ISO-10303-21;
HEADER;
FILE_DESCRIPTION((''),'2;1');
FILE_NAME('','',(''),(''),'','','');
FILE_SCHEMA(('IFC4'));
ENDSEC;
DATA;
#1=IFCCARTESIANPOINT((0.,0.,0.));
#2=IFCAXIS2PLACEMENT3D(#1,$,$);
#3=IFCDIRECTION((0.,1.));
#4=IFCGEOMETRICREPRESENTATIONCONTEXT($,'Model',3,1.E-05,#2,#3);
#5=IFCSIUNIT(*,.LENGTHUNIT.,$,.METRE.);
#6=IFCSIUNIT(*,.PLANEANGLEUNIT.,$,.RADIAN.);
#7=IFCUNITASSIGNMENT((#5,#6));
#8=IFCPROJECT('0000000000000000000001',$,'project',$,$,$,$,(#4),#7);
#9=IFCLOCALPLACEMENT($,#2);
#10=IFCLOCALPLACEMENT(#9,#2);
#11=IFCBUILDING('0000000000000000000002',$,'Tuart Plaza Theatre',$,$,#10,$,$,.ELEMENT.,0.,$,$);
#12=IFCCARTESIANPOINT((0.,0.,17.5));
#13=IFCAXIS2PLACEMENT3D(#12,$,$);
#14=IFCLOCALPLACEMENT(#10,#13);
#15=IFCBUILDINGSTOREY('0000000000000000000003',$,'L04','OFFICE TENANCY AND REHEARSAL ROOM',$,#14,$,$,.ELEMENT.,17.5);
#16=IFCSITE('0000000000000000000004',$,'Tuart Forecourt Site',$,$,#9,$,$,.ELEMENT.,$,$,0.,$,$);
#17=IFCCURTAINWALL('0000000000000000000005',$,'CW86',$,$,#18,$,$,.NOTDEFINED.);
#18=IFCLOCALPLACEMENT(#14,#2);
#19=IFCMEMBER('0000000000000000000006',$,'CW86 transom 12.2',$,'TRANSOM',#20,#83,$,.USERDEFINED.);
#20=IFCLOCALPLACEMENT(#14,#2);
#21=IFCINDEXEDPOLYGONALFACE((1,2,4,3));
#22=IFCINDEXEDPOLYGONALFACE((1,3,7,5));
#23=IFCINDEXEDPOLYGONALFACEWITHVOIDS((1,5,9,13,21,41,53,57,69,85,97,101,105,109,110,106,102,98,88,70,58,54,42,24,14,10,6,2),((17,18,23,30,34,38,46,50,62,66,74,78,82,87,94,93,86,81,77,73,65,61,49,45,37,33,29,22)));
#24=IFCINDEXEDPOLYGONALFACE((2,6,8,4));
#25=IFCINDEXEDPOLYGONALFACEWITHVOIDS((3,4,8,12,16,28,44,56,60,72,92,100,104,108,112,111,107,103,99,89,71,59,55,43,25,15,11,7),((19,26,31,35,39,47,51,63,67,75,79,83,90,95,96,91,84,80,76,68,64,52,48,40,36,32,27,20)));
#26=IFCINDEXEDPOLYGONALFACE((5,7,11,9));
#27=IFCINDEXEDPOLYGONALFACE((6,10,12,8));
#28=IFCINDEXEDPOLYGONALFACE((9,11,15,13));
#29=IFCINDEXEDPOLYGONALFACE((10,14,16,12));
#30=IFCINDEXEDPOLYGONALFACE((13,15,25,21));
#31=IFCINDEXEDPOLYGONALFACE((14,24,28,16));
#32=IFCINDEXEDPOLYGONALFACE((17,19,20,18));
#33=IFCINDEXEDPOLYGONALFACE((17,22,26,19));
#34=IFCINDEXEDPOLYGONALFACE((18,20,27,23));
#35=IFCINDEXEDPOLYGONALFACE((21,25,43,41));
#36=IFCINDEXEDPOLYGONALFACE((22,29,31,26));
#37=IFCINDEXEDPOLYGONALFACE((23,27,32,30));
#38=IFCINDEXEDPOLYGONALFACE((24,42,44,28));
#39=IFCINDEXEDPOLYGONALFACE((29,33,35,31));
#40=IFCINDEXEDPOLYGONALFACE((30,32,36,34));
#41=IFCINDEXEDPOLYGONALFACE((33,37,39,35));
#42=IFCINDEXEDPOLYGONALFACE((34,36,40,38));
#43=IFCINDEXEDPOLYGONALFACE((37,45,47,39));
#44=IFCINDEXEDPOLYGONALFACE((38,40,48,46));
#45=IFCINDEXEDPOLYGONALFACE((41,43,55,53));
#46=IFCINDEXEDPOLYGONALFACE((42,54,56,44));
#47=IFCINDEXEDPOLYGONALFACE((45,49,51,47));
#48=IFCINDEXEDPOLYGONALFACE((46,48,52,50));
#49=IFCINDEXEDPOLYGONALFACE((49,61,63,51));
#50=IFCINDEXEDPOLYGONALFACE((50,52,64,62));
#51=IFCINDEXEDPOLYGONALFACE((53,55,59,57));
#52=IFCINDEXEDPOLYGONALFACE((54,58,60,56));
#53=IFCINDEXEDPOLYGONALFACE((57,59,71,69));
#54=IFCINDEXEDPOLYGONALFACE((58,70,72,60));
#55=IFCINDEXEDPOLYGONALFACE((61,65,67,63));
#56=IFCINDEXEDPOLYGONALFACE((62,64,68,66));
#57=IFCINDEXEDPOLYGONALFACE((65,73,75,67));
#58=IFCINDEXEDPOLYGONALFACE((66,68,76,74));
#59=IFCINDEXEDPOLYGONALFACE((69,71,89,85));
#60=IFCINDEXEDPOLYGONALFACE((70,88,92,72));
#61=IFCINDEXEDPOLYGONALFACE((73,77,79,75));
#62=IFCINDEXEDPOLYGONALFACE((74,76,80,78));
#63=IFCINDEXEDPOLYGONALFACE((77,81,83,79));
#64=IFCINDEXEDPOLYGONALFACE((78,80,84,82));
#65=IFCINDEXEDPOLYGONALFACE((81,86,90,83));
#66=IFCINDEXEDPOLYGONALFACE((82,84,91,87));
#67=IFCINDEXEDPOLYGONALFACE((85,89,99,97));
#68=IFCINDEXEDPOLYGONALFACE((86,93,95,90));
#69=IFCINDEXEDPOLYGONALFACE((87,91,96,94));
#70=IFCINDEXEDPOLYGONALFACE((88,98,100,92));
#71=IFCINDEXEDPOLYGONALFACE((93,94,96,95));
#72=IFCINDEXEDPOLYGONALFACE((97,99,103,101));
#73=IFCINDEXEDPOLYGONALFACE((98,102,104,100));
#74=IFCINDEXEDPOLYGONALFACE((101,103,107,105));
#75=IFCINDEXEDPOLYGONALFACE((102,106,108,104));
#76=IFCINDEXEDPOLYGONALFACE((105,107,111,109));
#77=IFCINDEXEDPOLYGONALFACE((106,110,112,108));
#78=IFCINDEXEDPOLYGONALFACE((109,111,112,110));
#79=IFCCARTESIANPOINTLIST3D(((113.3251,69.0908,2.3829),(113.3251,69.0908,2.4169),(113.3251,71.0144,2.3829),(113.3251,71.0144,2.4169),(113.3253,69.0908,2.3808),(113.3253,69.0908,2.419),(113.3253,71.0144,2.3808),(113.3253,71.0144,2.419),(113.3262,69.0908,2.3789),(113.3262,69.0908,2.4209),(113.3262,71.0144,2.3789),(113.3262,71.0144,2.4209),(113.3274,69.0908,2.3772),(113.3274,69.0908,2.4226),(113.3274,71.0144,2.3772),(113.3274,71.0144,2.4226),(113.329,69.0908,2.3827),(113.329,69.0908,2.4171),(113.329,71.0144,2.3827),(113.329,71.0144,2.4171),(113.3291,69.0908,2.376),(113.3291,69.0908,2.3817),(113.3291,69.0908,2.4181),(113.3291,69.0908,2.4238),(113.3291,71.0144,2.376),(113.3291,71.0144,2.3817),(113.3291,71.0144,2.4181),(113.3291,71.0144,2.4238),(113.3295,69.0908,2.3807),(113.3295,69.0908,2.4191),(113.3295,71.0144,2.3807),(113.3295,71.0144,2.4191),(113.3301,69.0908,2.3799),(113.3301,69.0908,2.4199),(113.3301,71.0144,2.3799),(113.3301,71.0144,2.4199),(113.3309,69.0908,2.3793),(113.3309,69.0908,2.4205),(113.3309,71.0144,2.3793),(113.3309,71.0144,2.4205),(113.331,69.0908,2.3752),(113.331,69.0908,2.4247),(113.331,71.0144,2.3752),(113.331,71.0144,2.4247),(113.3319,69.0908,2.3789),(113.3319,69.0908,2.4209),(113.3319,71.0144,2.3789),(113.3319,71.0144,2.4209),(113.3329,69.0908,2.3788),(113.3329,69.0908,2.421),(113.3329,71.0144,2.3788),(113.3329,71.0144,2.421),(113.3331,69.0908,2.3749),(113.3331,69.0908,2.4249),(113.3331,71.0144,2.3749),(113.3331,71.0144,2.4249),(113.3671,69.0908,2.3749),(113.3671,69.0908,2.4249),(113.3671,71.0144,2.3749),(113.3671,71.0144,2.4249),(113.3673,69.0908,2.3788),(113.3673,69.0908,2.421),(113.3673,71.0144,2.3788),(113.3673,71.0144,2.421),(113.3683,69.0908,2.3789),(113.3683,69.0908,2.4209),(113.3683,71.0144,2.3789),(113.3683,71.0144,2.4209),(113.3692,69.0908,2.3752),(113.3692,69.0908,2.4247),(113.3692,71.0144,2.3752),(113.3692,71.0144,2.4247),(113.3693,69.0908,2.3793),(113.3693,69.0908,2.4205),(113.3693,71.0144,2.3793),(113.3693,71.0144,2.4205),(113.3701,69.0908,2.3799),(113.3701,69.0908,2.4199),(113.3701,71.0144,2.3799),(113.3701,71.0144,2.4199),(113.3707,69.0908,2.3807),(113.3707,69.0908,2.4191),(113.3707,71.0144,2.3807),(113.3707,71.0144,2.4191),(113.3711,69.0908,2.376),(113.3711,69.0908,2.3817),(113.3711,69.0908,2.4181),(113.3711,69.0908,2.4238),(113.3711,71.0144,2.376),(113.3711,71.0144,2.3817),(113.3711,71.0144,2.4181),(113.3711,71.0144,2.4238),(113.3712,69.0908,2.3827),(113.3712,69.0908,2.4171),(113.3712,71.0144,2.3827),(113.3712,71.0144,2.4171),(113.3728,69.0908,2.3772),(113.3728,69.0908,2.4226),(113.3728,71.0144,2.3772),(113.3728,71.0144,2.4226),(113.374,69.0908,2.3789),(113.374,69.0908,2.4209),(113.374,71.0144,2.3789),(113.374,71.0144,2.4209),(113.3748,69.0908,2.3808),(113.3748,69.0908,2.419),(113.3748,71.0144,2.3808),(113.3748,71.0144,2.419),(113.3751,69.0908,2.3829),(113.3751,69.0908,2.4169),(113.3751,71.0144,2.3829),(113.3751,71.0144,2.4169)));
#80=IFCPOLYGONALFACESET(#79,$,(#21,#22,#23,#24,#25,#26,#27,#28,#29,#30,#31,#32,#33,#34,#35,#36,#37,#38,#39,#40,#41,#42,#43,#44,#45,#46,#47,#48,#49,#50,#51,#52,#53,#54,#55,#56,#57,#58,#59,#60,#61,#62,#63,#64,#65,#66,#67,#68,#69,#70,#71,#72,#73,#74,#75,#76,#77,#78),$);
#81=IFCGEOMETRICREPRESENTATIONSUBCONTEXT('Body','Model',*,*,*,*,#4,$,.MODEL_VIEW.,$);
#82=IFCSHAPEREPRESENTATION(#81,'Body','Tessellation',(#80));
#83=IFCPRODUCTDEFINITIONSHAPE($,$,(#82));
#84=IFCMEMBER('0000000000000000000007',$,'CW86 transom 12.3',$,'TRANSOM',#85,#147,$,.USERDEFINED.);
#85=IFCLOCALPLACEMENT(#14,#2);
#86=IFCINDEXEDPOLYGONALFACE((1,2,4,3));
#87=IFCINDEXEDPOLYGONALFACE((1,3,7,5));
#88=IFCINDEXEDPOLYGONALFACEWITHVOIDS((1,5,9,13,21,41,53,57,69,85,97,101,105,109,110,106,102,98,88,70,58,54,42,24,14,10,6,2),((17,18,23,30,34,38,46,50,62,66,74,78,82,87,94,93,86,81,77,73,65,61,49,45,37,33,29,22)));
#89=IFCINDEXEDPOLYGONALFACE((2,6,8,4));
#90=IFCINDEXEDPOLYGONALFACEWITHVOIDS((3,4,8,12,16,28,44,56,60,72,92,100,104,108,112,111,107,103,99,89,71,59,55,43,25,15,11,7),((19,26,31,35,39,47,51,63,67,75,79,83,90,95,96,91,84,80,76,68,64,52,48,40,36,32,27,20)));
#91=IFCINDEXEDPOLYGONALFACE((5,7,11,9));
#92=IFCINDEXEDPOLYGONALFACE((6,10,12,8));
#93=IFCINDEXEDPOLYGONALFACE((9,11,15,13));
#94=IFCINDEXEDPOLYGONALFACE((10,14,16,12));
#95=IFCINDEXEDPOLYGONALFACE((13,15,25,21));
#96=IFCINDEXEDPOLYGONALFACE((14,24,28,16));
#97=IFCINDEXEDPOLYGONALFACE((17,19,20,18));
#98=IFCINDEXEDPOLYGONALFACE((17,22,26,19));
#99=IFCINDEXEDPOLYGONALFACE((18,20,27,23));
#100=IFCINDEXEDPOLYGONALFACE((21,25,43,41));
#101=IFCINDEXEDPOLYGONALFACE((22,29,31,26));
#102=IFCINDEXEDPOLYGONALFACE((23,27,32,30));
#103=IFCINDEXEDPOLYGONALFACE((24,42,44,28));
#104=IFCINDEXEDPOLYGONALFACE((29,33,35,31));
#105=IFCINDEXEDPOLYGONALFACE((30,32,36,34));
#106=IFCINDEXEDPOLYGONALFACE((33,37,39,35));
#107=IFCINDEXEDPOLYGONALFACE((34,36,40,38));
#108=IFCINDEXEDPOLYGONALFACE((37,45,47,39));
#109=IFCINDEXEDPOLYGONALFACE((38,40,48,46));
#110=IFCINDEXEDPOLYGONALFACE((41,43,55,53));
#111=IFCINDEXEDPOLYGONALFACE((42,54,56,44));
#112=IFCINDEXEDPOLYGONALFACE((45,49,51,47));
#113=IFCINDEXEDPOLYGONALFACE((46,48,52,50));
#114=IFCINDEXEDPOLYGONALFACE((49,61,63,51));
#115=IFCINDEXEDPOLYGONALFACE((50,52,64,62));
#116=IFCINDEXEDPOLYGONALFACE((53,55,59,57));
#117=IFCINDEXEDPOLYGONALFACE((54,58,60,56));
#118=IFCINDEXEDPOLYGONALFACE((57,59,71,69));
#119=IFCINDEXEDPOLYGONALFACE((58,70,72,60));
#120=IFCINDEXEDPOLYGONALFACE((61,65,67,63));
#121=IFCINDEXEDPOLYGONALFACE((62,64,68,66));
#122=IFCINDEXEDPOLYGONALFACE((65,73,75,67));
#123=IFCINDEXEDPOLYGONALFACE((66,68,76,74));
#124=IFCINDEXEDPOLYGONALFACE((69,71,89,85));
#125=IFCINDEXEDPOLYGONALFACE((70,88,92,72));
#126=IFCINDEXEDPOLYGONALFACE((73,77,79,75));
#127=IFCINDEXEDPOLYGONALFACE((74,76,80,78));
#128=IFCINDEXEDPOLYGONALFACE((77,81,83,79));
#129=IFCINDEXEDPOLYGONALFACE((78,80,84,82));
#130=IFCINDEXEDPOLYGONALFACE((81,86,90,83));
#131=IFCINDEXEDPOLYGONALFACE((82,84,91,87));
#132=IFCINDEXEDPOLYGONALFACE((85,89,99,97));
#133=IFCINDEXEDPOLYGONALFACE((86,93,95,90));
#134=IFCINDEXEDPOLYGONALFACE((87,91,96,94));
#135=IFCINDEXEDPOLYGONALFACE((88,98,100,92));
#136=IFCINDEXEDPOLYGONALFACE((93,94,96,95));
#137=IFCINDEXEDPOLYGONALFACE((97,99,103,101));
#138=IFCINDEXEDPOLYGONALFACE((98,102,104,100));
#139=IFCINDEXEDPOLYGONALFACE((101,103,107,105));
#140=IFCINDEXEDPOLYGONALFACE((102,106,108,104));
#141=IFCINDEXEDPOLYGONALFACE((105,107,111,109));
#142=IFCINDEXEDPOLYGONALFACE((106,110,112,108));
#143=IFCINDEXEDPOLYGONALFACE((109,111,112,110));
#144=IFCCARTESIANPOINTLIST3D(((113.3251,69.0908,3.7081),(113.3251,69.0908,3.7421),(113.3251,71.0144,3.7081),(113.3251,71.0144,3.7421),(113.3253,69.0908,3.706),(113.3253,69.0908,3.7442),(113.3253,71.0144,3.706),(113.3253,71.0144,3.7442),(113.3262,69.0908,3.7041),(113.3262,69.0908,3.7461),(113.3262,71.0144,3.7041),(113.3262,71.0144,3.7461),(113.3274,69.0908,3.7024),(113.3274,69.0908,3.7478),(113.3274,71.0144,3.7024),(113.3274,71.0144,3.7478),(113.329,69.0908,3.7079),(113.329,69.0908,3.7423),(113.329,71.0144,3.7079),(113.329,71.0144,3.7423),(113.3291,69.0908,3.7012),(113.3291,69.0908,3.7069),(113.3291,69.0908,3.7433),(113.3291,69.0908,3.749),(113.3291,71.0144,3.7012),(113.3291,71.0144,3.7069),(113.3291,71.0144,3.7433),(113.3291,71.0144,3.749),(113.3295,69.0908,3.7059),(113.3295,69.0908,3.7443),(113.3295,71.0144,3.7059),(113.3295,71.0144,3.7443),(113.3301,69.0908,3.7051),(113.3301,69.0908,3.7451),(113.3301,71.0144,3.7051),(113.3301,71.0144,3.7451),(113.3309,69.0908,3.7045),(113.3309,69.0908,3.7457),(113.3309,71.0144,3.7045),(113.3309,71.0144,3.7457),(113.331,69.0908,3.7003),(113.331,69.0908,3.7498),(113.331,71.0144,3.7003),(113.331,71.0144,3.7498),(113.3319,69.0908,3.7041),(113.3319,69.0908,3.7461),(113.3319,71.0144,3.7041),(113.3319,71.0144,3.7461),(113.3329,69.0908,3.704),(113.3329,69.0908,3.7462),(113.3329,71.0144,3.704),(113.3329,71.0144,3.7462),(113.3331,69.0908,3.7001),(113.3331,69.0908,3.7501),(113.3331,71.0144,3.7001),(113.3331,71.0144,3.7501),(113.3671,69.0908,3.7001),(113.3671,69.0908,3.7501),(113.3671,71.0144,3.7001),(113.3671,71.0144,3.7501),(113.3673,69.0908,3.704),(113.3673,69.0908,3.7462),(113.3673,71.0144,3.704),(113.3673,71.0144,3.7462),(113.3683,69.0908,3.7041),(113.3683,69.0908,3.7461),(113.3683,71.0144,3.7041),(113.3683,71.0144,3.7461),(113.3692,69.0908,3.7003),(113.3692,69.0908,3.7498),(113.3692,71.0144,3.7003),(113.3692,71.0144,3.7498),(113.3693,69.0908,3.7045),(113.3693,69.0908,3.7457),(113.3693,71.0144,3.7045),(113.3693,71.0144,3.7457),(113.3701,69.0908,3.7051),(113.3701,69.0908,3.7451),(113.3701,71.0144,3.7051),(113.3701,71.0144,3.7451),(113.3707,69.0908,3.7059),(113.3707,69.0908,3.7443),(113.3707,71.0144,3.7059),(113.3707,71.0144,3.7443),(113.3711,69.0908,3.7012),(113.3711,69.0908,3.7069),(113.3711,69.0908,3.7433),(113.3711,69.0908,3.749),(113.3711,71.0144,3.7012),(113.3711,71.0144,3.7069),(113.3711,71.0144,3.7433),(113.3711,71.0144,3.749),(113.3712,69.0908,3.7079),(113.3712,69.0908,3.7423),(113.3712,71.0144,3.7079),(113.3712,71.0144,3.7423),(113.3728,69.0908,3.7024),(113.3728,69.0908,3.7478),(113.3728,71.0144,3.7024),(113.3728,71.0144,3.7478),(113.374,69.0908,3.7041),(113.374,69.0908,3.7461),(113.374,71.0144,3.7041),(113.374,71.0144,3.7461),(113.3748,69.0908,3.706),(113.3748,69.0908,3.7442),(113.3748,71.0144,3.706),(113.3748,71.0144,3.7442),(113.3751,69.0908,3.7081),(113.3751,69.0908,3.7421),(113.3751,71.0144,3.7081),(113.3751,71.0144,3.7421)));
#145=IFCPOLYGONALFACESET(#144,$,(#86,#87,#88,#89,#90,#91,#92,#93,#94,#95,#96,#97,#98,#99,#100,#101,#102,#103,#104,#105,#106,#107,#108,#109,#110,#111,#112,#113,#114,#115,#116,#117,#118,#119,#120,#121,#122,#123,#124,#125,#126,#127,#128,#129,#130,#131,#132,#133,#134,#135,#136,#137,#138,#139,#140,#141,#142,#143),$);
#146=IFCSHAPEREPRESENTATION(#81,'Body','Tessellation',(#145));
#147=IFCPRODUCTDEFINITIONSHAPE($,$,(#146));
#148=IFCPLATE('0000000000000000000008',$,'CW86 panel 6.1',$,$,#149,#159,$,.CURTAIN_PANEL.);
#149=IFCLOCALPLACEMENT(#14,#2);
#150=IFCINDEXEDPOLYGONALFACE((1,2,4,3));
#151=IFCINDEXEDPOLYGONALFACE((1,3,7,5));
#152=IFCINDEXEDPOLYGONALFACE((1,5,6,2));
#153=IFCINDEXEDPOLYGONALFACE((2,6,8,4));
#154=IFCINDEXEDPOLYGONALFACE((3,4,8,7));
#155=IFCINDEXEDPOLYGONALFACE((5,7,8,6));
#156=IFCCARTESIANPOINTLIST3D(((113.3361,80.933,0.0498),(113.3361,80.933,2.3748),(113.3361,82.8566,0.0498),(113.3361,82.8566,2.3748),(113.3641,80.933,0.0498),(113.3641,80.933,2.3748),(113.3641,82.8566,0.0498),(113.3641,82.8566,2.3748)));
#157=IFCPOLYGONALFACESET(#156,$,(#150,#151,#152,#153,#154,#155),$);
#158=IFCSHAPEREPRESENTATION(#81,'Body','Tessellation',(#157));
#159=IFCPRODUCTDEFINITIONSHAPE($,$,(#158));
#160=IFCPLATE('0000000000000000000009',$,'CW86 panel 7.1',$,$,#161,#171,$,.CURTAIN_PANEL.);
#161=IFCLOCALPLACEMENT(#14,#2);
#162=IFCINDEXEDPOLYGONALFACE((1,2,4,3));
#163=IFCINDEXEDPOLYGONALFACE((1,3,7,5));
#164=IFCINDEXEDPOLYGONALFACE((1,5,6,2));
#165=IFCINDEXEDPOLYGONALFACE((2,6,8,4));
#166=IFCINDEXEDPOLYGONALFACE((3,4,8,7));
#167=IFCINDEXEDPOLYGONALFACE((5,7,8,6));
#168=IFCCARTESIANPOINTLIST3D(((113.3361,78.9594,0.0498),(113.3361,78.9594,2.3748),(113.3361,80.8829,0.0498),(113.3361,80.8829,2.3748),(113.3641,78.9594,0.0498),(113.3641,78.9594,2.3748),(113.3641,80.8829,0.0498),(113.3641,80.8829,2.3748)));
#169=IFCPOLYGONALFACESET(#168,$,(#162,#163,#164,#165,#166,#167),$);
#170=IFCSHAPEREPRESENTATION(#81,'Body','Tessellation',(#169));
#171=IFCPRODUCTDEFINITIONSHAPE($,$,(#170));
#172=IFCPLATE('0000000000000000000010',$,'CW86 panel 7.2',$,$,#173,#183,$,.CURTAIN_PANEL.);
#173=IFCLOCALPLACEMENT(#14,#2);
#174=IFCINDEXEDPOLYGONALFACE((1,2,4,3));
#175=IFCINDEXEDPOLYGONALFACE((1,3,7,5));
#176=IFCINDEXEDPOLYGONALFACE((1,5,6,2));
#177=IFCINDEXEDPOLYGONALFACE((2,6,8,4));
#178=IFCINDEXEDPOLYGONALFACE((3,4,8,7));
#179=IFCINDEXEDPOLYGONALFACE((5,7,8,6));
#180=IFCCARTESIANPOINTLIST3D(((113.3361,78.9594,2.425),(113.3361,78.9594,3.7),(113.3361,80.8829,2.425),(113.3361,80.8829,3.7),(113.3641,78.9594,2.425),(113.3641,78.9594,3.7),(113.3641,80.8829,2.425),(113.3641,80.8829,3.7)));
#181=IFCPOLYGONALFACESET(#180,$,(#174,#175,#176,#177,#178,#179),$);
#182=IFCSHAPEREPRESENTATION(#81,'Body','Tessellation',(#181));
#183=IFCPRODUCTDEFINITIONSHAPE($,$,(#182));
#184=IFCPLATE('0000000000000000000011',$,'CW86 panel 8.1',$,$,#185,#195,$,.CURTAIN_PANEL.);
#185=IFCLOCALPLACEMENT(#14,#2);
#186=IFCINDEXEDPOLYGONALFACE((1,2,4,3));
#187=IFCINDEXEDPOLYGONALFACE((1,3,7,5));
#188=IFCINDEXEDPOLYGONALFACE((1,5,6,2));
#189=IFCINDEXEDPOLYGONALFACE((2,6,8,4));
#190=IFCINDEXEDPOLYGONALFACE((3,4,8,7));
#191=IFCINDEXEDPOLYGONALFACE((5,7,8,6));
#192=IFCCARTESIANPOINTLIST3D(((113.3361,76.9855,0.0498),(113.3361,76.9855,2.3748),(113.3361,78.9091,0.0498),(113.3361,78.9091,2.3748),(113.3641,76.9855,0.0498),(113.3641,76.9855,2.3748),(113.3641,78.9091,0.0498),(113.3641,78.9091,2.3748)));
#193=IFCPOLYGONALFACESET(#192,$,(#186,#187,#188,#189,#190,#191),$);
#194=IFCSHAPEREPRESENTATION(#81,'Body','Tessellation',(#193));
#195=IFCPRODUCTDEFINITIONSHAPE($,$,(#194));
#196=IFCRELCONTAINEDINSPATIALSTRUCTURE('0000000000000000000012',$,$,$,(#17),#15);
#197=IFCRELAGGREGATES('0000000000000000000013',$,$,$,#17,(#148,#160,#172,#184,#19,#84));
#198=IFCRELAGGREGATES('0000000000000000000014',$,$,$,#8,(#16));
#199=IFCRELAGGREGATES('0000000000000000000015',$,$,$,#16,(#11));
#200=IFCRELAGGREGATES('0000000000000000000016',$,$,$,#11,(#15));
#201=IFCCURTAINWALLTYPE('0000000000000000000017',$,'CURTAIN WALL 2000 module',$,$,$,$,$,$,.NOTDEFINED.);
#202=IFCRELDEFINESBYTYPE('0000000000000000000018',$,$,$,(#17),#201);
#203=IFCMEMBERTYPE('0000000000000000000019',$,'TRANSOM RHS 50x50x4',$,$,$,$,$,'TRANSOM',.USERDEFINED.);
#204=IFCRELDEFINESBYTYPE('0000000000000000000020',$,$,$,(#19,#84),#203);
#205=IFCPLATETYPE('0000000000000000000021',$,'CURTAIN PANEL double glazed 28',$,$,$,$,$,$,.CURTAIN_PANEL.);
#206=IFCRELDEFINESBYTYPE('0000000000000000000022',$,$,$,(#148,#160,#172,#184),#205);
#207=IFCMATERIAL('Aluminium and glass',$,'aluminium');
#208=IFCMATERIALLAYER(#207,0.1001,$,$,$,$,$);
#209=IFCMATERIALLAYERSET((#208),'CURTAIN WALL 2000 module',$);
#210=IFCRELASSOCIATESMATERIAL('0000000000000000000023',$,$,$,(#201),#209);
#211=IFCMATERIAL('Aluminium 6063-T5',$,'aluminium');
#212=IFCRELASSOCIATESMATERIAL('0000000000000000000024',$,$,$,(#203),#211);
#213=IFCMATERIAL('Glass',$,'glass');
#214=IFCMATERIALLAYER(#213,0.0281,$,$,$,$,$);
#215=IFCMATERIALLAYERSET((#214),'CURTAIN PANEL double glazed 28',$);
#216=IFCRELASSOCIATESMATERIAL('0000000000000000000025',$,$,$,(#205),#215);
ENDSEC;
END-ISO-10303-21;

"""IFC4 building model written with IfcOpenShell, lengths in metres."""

from ifc_helpers import new_model, si_unit, direction, frame, origin, origin_2d, place, context, subcontext, project, spatial, rectangle, hollow_rectangle, extrude, material, layer, layer_set, material_profile, profile_set, type_object, element, aggregate, save


model = new_model("IFC4")

# Units and contexts
model_context = context("Model", 3, precision=1e-05, world=origin(), true_north=direction((0.0, 1.0)))
body_context = subcontext(model_context, "Body", "Model", "MODEL_VIEW")
ifc_project = project(units=[si_unit("LENGTHUNIT", "METRE"), si_unit("PLANEANGLEUNIT", "RADIAN")], contexts=[model_context])

# Site, building, storey
site_placement = place(None, origin())
site = spatial("IfcSite", under=ifc_project, at=site_placement, Name="Tuart Forecourt Site", CompositionType="ELEMENT", RefElevation=0.0)
building_placement = place(site_placement, origin())
building = spatial("IfcBuilding", under=site, at=building_placement, Name="Tuart Plaza Theatre", CompositionType="ELEMENT", ElevationOfRefHeight=0.0)
storey_placement = place(building_placement, frame((0.0, 0.0, 17.5)))
storey = spatial("IfcBuildingStorey", under=building, at=storey_placement, Name="L04", Description="OFFICE TENANCY AND REHEARSAL ROOM", CompositionType="ELEMENT", Elevation=17.5)

# Curtain wall, members, plates
ifc_material_1 = material(Name="Aluminium and glass", Category="aluminium")
ifc_layer_1 = layer(ifc_material_1, 0.1001)
ifc_layer_set_1 = layer_set([ifc_layer_1], Name="CURTAIN WALL 2000 module")
curtain_wall_type = type_object("IfcCurtainWallType", Name="CURTAIN WALL 2000 module", PredefinedType="NOTDEFINED", material=ifc_layer_set_1)
curtain_wall_placement = place(storey_placement, origin())
curtain_wall = element("IfcCurtainWall", 1, at=curtain_wall_placement, inside=storey, type_object=curtain_wall_type, Name="CW86", PredefinedType="NOTDEFINED")
ifc_material_2 = material(Name="Aluminium 6063-T5", Category="aluminium")
ifc_material_profile_1 = material_profile(ifc_material_2, hollow_rectangle(XDim=0.05, YDim=0.05, WallThickness=0.0039, InnerFilletRadius=0.0039, OuterFilletRadius=0.0081, at=origin_2d()), Name="RHS 50x50x4")
ifc_profile_set_1 = profile_set([ifc_material_profile_1], Name="Aluminium 6063-T5")
member_type_1 = type_object("IfcMemberType", Name="TRANSOM RHS 50x50x4", ElementType="TRANSOM", PredefinedType="USERDEFINED", material=ifc_profile_set_1)
member_1_placement = place(storey_placement, frame((113.3501, 71.0144, 2.3999), z_axis=(0.0, -1.0, 0.0), x_axis=(1.0, 0.0, 0.0)))
member_1 = element("IfcMember", 2, at=member_1_placement, type_object=member_type_1, Name="CW86 transom 12.2", ObjectType="TRANSOM", PredefinedType="USERDEFINED", context=body_context, shape_type="SweptSolid", body=[
    extrude(hollow_rectangle(XDim=0.05, YDim=0.05, WallThickness=0.0039, InnerFilletRadius=0.0039, OuterFilletRadius=0.0081, at=origin_2d()), origin(), (0.0, 0.0, 1.0), 1.9236),
])
member_2_placement = place(storey_placement, frame((113.3501, 71.0144, 3.7251), z_axis=(0.0, -1.0, 0.0), x_axis=(1.0, 0.0, 0.0)))
member_2 = element("IfcMember", 3, at=member_2_placement, type_object=member_type_1, Name="CW86 transom 12.3", ObjectType="TRANSOM", PredefinedType="USERDEFINED", context=body_context, shape_type="SweptSolid", body=[
    extrude(hollow_rectangle(XDim=0.05, YDim=0.05, WallThickness=0.0039, InnerFilletRadius=0.0039, OuterFilletRadius=0.0081, at=origin_2d()), origin(), (0.0, 0.0, 1.0), 1.9236),
])
ifc_material_3 = material(Name="Glass", Category="glass")
ifc_layer_2 = layer(ifc_material_3, 0.0281)
ifc_layer_set_2 = layer_set([ifc_layer_2], Name="CURTAIN PANEL double glazed 28")
plate_type = type_object("IfcPlateType", Name="CURTAIN PANEL double glazed 28", PredefinedType="CURTAIN_PANEL", material=ifc_layer_set_2)
plate_1_placement = place(storey_placement, frame((113.3501, 81.8948, 0.0498), z_axis=(0.0, 0.0, 1.0), x_axis=(0.0, -1.0, 0.0)))
plate_1 = element("IfcPlate", 4, at=plate_1_placement, type_object=plate_type, Name="CW86 panel 6.1", PredefinedType="CURTAIN_PANEL", context=body_context, shape_type="SweptSolid", body=[
    extrude(rectangle(XDim=1.9236, YDim=0.0281, at=origin_2d()), origin(), (0.0, 0.0, 1.0), 2.325),
])
plate_2_placement = place(storey_placement, frame((113.3501, 79.9211, 0.0498), z_axis=(0.0, 0.0, 1.0), x_axis=(0.0, -1.0, 0.0)))
plate_2 = element("IfcPlate", 5, at=plate_2_placement, type_object=plate_type, Name="CW86 panel 7.1", PredefinedType="CURTAIN_PANEL", context=body_context, shape_type="SweptSolid", body=[
    extrude(rectangle(XDim=1.9236, YDim=0.0281, at=origin_2d()), origin(), (0.0, 0.0, 1.0), 2.325),
])
plate_3_placement = place(storey_placement, frame((113.3501, 79.9211, 2.425), z_axis=(0.0, 0.0, 1.0), x_axis=(0.0, -1.0, 0.0)))
plate_3 = element("IfcPlate", 6, at=plate_3_placement, type_object=plate_type, Name="CW86 panel 7.2", PredefinedType="CURTAIN_PANEL", context=body_context, shape_type="SweptSolid", body=[
    extrude(rectangle(XDim=1.9236, YDim=0.0281, at=origin_2d()), origin(), (0.0, 0.0, 1.0), 1.2749),
])
plate_4_placement = place(storey_placement, frame((113.3501, 77.9473, 0.0498), z_axis=(0.0, 0.0, 1.0), x_axis=(0.0, -1.0, 0.0)))
plate_4 = element("IfcPlate", 7, at=plate_4_placement, type_object=plate_type, Name="CW86 panel 8.1", PredefinedType="CURTAIN_PANEL", context=body_context, shape_type="SweptSolid", body=[
    extrude(rectangle(XDim=1.9236, YDim=0.0281, at=origin_2d()), origin(), (0.0, 0.0, 1.0), 2.325),
])
aggregate(curtain_wall, [plate_1, plate_2, plate_3, plate_4, member_1, member_2])

save(model, "model.ifc")
